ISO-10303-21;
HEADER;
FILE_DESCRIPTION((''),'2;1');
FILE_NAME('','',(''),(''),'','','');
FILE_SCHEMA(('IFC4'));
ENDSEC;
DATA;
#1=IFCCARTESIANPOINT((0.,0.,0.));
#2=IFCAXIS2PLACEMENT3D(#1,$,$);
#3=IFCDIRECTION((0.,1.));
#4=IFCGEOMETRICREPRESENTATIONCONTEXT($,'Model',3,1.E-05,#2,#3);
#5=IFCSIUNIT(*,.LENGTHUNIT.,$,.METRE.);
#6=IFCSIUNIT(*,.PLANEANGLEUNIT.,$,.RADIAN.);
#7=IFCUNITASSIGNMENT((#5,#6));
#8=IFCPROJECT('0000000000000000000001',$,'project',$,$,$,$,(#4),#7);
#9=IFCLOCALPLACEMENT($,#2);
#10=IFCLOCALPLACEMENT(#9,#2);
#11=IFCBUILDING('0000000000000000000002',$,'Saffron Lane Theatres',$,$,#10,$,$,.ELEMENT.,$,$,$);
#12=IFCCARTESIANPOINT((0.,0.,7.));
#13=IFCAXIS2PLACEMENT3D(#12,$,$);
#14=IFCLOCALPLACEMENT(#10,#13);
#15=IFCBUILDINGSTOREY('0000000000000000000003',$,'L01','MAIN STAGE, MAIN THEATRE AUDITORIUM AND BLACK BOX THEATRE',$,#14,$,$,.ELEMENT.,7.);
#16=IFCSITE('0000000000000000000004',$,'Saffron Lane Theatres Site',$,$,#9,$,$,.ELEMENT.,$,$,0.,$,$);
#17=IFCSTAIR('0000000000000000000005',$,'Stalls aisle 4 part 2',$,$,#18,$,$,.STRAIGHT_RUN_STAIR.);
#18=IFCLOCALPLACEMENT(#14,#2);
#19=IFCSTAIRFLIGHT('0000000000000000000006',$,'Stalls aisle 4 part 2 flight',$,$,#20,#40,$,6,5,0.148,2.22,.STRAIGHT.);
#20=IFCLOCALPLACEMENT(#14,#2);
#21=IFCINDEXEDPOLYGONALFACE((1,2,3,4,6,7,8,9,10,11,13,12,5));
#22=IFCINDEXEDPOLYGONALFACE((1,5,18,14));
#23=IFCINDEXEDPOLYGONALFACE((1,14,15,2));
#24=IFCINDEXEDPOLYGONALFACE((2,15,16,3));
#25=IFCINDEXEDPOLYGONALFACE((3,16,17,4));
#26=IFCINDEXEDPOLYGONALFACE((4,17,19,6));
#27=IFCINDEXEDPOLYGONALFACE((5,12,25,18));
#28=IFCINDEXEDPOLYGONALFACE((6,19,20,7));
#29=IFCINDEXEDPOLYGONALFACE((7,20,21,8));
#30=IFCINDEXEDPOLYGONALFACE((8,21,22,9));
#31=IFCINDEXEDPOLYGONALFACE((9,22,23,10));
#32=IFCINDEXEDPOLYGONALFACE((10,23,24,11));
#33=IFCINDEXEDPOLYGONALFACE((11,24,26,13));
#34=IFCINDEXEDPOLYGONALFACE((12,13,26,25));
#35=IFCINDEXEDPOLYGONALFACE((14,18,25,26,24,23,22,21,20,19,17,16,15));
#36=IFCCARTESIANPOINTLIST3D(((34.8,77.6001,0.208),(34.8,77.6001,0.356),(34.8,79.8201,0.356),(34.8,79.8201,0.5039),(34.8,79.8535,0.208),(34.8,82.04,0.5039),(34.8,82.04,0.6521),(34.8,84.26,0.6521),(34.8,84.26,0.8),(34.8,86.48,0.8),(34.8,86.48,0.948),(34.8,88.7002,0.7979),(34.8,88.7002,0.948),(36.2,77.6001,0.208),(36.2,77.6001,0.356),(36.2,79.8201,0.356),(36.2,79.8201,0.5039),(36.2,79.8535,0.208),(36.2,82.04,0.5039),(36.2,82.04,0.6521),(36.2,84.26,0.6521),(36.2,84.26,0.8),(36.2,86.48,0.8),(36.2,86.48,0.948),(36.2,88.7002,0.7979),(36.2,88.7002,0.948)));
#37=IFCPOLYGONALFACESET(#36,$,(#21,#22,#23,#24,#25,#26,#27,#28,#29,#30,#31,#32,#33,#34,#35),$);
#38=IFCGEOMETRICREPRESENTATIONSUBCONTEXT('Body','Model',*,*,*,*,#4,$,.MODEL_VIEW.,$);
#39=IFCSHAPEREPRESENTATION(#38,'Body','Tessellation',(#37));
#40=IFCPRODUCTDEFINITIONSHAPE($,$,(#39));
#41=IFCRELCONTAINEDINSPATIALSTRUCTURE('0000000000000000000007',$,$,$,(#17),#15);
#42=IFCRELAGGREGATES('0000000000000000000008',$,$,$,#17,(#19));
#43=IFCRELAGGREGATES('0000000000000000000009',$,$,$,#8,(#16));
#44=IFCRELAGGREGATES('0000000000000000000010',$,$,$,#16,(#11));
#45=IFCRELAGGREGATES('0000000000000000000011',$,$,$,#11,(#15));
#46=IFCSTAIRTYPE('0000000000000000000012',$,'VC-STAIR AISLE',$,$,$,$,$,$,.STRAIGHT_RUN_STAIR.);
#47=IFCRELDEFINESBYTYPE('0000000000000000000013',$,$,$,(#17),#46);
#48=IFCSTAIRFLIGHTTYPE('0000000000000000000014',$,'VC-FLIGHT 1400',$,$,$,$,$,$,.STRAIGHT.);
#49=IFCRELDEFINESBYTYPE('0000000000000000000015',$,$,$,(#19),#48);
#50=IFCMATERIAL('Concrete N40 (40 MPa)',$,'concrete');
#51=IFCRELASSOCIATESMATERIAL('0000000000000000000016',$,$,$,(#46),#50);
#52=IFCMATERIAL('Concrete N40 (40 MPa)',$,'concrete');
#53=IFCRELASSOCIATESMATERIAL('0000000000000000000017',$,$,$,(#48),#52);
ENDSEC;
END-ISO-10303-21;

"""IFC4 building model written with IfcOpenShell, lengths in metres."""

from ifc_helpers import new_model, si_unit, direction, frame, origin, place, context, subcontext, project, spatial, polyline, outline, extrude, material, type_object, element, aggregate, save


model = new_model("IFC4")

# Units and contexts
model_context = context("Model", 3, precision=1e-05, world=origin(), true_north=direction((0.0, 1.0)))
body_context = subcontext(model_context, "Body", "Model", "MODEL_VIEW")
ifc_project = project(units=[si_unit("LENGTHUNIT", "METRE"), si_unit("PLANEANGLEUNIT", "RADIAN")], contexts=[model_context])

# Site, building, storey
site_placement = place(None, origin())
site = spatial("IfcSite", under=ifc_project, at=site_placement, Name="Saffron Lane Theatres Site", CompositionType="ELEMENT", RefElevation=0.0)
building_placement = place(site_placement, origin())
building = spatial("IfcBuilding", under=site, at=building_placement, Name="Saffron Lane Theatres", CompositionType="ELEMENT")
storey_placement = place(building_placement, frame((0.0, 0.0, 7.0)))
storey = spatial("IfcBuildingStorey", under=building, at=storey_placement, Name="L01", Description="MAIN STAGE, MAIN THEATRE AUDITORIUM AND BLACK BOX THEATRE", CompositionType="ELEMENT", Elevation=7.0)

# Stair, stair flight
ifc_material_1 = material(Name="Concrete N40 (40 MPa)", Category="concrete")
stair_type = type_object("IfcStairType", Name="VC-STAIR AISLE", PredefinedType="STRAIGHT_RUN_STAIR", material=ifc_material_1)
ifc_material_2 = material(Name="Concrete N40 (40 MPa)", Category="concrete")
stair_flight_type = type_object("IfcStairFlightType", Name="VC-FLIGHT 1400", PredefinedType="STRAIGHT", material=ifc_material_2)
stair_1_placement = place(storey_placement, origin())
stair_1 = element("IfcStair", 1, at=stair_1_placement, inside=storey, type_object=stair_type, Name="Stalls aisle 4 part 2", PredefinedType="STRAIGHT_RUN_STAIR")
stair_flight_1_placement = place(storey_placement, frame((35.5, 77.6001, 0.208), z_axis=(0.0, 0.0, 1.0), x_axis=(0.0, 1.0, 0.0)))
stair_flight_1 = element("IfcStairFlight", 2, at=stair_flight_1_placement, type_object=stair_flight_type, Name="Stalls aisle 4 part 2 flight", NumberOfRisers=6, NumberOfTreads=5, PredefinedType="STRAIGHT", RiserHeight=0.148, TreadLength=2.22, context=body_context, shape_type="SweptSolid", body=[
    extrude(outline(polyline([(0.0, 0.0), (0.0, 0.1479), (2.22, 0.1479), (2.22, 0.2959), (4.4399, 0.2959), (4.4399, 0.4441), (6.6599, 0.4441), (6.6599, 0.592), (8.8799, 0.592), (8.8799, 0.74), (11.1001, 0.74), (11.1001, 0.8879), (11.1001, 0.5898), (2.2534, 0.0), (0.0, 0.0)])), frame((0.0, 0.7, 0.0), z_axis=(0.0, -1.0, 0.0), x_axis=(1.0, 0.0, 0.0)), (0.0, 0.0, 1.0), 1.3999),
])
aggregate(stair_1, [stair_flight_1])

save(model, "model.ifc")
